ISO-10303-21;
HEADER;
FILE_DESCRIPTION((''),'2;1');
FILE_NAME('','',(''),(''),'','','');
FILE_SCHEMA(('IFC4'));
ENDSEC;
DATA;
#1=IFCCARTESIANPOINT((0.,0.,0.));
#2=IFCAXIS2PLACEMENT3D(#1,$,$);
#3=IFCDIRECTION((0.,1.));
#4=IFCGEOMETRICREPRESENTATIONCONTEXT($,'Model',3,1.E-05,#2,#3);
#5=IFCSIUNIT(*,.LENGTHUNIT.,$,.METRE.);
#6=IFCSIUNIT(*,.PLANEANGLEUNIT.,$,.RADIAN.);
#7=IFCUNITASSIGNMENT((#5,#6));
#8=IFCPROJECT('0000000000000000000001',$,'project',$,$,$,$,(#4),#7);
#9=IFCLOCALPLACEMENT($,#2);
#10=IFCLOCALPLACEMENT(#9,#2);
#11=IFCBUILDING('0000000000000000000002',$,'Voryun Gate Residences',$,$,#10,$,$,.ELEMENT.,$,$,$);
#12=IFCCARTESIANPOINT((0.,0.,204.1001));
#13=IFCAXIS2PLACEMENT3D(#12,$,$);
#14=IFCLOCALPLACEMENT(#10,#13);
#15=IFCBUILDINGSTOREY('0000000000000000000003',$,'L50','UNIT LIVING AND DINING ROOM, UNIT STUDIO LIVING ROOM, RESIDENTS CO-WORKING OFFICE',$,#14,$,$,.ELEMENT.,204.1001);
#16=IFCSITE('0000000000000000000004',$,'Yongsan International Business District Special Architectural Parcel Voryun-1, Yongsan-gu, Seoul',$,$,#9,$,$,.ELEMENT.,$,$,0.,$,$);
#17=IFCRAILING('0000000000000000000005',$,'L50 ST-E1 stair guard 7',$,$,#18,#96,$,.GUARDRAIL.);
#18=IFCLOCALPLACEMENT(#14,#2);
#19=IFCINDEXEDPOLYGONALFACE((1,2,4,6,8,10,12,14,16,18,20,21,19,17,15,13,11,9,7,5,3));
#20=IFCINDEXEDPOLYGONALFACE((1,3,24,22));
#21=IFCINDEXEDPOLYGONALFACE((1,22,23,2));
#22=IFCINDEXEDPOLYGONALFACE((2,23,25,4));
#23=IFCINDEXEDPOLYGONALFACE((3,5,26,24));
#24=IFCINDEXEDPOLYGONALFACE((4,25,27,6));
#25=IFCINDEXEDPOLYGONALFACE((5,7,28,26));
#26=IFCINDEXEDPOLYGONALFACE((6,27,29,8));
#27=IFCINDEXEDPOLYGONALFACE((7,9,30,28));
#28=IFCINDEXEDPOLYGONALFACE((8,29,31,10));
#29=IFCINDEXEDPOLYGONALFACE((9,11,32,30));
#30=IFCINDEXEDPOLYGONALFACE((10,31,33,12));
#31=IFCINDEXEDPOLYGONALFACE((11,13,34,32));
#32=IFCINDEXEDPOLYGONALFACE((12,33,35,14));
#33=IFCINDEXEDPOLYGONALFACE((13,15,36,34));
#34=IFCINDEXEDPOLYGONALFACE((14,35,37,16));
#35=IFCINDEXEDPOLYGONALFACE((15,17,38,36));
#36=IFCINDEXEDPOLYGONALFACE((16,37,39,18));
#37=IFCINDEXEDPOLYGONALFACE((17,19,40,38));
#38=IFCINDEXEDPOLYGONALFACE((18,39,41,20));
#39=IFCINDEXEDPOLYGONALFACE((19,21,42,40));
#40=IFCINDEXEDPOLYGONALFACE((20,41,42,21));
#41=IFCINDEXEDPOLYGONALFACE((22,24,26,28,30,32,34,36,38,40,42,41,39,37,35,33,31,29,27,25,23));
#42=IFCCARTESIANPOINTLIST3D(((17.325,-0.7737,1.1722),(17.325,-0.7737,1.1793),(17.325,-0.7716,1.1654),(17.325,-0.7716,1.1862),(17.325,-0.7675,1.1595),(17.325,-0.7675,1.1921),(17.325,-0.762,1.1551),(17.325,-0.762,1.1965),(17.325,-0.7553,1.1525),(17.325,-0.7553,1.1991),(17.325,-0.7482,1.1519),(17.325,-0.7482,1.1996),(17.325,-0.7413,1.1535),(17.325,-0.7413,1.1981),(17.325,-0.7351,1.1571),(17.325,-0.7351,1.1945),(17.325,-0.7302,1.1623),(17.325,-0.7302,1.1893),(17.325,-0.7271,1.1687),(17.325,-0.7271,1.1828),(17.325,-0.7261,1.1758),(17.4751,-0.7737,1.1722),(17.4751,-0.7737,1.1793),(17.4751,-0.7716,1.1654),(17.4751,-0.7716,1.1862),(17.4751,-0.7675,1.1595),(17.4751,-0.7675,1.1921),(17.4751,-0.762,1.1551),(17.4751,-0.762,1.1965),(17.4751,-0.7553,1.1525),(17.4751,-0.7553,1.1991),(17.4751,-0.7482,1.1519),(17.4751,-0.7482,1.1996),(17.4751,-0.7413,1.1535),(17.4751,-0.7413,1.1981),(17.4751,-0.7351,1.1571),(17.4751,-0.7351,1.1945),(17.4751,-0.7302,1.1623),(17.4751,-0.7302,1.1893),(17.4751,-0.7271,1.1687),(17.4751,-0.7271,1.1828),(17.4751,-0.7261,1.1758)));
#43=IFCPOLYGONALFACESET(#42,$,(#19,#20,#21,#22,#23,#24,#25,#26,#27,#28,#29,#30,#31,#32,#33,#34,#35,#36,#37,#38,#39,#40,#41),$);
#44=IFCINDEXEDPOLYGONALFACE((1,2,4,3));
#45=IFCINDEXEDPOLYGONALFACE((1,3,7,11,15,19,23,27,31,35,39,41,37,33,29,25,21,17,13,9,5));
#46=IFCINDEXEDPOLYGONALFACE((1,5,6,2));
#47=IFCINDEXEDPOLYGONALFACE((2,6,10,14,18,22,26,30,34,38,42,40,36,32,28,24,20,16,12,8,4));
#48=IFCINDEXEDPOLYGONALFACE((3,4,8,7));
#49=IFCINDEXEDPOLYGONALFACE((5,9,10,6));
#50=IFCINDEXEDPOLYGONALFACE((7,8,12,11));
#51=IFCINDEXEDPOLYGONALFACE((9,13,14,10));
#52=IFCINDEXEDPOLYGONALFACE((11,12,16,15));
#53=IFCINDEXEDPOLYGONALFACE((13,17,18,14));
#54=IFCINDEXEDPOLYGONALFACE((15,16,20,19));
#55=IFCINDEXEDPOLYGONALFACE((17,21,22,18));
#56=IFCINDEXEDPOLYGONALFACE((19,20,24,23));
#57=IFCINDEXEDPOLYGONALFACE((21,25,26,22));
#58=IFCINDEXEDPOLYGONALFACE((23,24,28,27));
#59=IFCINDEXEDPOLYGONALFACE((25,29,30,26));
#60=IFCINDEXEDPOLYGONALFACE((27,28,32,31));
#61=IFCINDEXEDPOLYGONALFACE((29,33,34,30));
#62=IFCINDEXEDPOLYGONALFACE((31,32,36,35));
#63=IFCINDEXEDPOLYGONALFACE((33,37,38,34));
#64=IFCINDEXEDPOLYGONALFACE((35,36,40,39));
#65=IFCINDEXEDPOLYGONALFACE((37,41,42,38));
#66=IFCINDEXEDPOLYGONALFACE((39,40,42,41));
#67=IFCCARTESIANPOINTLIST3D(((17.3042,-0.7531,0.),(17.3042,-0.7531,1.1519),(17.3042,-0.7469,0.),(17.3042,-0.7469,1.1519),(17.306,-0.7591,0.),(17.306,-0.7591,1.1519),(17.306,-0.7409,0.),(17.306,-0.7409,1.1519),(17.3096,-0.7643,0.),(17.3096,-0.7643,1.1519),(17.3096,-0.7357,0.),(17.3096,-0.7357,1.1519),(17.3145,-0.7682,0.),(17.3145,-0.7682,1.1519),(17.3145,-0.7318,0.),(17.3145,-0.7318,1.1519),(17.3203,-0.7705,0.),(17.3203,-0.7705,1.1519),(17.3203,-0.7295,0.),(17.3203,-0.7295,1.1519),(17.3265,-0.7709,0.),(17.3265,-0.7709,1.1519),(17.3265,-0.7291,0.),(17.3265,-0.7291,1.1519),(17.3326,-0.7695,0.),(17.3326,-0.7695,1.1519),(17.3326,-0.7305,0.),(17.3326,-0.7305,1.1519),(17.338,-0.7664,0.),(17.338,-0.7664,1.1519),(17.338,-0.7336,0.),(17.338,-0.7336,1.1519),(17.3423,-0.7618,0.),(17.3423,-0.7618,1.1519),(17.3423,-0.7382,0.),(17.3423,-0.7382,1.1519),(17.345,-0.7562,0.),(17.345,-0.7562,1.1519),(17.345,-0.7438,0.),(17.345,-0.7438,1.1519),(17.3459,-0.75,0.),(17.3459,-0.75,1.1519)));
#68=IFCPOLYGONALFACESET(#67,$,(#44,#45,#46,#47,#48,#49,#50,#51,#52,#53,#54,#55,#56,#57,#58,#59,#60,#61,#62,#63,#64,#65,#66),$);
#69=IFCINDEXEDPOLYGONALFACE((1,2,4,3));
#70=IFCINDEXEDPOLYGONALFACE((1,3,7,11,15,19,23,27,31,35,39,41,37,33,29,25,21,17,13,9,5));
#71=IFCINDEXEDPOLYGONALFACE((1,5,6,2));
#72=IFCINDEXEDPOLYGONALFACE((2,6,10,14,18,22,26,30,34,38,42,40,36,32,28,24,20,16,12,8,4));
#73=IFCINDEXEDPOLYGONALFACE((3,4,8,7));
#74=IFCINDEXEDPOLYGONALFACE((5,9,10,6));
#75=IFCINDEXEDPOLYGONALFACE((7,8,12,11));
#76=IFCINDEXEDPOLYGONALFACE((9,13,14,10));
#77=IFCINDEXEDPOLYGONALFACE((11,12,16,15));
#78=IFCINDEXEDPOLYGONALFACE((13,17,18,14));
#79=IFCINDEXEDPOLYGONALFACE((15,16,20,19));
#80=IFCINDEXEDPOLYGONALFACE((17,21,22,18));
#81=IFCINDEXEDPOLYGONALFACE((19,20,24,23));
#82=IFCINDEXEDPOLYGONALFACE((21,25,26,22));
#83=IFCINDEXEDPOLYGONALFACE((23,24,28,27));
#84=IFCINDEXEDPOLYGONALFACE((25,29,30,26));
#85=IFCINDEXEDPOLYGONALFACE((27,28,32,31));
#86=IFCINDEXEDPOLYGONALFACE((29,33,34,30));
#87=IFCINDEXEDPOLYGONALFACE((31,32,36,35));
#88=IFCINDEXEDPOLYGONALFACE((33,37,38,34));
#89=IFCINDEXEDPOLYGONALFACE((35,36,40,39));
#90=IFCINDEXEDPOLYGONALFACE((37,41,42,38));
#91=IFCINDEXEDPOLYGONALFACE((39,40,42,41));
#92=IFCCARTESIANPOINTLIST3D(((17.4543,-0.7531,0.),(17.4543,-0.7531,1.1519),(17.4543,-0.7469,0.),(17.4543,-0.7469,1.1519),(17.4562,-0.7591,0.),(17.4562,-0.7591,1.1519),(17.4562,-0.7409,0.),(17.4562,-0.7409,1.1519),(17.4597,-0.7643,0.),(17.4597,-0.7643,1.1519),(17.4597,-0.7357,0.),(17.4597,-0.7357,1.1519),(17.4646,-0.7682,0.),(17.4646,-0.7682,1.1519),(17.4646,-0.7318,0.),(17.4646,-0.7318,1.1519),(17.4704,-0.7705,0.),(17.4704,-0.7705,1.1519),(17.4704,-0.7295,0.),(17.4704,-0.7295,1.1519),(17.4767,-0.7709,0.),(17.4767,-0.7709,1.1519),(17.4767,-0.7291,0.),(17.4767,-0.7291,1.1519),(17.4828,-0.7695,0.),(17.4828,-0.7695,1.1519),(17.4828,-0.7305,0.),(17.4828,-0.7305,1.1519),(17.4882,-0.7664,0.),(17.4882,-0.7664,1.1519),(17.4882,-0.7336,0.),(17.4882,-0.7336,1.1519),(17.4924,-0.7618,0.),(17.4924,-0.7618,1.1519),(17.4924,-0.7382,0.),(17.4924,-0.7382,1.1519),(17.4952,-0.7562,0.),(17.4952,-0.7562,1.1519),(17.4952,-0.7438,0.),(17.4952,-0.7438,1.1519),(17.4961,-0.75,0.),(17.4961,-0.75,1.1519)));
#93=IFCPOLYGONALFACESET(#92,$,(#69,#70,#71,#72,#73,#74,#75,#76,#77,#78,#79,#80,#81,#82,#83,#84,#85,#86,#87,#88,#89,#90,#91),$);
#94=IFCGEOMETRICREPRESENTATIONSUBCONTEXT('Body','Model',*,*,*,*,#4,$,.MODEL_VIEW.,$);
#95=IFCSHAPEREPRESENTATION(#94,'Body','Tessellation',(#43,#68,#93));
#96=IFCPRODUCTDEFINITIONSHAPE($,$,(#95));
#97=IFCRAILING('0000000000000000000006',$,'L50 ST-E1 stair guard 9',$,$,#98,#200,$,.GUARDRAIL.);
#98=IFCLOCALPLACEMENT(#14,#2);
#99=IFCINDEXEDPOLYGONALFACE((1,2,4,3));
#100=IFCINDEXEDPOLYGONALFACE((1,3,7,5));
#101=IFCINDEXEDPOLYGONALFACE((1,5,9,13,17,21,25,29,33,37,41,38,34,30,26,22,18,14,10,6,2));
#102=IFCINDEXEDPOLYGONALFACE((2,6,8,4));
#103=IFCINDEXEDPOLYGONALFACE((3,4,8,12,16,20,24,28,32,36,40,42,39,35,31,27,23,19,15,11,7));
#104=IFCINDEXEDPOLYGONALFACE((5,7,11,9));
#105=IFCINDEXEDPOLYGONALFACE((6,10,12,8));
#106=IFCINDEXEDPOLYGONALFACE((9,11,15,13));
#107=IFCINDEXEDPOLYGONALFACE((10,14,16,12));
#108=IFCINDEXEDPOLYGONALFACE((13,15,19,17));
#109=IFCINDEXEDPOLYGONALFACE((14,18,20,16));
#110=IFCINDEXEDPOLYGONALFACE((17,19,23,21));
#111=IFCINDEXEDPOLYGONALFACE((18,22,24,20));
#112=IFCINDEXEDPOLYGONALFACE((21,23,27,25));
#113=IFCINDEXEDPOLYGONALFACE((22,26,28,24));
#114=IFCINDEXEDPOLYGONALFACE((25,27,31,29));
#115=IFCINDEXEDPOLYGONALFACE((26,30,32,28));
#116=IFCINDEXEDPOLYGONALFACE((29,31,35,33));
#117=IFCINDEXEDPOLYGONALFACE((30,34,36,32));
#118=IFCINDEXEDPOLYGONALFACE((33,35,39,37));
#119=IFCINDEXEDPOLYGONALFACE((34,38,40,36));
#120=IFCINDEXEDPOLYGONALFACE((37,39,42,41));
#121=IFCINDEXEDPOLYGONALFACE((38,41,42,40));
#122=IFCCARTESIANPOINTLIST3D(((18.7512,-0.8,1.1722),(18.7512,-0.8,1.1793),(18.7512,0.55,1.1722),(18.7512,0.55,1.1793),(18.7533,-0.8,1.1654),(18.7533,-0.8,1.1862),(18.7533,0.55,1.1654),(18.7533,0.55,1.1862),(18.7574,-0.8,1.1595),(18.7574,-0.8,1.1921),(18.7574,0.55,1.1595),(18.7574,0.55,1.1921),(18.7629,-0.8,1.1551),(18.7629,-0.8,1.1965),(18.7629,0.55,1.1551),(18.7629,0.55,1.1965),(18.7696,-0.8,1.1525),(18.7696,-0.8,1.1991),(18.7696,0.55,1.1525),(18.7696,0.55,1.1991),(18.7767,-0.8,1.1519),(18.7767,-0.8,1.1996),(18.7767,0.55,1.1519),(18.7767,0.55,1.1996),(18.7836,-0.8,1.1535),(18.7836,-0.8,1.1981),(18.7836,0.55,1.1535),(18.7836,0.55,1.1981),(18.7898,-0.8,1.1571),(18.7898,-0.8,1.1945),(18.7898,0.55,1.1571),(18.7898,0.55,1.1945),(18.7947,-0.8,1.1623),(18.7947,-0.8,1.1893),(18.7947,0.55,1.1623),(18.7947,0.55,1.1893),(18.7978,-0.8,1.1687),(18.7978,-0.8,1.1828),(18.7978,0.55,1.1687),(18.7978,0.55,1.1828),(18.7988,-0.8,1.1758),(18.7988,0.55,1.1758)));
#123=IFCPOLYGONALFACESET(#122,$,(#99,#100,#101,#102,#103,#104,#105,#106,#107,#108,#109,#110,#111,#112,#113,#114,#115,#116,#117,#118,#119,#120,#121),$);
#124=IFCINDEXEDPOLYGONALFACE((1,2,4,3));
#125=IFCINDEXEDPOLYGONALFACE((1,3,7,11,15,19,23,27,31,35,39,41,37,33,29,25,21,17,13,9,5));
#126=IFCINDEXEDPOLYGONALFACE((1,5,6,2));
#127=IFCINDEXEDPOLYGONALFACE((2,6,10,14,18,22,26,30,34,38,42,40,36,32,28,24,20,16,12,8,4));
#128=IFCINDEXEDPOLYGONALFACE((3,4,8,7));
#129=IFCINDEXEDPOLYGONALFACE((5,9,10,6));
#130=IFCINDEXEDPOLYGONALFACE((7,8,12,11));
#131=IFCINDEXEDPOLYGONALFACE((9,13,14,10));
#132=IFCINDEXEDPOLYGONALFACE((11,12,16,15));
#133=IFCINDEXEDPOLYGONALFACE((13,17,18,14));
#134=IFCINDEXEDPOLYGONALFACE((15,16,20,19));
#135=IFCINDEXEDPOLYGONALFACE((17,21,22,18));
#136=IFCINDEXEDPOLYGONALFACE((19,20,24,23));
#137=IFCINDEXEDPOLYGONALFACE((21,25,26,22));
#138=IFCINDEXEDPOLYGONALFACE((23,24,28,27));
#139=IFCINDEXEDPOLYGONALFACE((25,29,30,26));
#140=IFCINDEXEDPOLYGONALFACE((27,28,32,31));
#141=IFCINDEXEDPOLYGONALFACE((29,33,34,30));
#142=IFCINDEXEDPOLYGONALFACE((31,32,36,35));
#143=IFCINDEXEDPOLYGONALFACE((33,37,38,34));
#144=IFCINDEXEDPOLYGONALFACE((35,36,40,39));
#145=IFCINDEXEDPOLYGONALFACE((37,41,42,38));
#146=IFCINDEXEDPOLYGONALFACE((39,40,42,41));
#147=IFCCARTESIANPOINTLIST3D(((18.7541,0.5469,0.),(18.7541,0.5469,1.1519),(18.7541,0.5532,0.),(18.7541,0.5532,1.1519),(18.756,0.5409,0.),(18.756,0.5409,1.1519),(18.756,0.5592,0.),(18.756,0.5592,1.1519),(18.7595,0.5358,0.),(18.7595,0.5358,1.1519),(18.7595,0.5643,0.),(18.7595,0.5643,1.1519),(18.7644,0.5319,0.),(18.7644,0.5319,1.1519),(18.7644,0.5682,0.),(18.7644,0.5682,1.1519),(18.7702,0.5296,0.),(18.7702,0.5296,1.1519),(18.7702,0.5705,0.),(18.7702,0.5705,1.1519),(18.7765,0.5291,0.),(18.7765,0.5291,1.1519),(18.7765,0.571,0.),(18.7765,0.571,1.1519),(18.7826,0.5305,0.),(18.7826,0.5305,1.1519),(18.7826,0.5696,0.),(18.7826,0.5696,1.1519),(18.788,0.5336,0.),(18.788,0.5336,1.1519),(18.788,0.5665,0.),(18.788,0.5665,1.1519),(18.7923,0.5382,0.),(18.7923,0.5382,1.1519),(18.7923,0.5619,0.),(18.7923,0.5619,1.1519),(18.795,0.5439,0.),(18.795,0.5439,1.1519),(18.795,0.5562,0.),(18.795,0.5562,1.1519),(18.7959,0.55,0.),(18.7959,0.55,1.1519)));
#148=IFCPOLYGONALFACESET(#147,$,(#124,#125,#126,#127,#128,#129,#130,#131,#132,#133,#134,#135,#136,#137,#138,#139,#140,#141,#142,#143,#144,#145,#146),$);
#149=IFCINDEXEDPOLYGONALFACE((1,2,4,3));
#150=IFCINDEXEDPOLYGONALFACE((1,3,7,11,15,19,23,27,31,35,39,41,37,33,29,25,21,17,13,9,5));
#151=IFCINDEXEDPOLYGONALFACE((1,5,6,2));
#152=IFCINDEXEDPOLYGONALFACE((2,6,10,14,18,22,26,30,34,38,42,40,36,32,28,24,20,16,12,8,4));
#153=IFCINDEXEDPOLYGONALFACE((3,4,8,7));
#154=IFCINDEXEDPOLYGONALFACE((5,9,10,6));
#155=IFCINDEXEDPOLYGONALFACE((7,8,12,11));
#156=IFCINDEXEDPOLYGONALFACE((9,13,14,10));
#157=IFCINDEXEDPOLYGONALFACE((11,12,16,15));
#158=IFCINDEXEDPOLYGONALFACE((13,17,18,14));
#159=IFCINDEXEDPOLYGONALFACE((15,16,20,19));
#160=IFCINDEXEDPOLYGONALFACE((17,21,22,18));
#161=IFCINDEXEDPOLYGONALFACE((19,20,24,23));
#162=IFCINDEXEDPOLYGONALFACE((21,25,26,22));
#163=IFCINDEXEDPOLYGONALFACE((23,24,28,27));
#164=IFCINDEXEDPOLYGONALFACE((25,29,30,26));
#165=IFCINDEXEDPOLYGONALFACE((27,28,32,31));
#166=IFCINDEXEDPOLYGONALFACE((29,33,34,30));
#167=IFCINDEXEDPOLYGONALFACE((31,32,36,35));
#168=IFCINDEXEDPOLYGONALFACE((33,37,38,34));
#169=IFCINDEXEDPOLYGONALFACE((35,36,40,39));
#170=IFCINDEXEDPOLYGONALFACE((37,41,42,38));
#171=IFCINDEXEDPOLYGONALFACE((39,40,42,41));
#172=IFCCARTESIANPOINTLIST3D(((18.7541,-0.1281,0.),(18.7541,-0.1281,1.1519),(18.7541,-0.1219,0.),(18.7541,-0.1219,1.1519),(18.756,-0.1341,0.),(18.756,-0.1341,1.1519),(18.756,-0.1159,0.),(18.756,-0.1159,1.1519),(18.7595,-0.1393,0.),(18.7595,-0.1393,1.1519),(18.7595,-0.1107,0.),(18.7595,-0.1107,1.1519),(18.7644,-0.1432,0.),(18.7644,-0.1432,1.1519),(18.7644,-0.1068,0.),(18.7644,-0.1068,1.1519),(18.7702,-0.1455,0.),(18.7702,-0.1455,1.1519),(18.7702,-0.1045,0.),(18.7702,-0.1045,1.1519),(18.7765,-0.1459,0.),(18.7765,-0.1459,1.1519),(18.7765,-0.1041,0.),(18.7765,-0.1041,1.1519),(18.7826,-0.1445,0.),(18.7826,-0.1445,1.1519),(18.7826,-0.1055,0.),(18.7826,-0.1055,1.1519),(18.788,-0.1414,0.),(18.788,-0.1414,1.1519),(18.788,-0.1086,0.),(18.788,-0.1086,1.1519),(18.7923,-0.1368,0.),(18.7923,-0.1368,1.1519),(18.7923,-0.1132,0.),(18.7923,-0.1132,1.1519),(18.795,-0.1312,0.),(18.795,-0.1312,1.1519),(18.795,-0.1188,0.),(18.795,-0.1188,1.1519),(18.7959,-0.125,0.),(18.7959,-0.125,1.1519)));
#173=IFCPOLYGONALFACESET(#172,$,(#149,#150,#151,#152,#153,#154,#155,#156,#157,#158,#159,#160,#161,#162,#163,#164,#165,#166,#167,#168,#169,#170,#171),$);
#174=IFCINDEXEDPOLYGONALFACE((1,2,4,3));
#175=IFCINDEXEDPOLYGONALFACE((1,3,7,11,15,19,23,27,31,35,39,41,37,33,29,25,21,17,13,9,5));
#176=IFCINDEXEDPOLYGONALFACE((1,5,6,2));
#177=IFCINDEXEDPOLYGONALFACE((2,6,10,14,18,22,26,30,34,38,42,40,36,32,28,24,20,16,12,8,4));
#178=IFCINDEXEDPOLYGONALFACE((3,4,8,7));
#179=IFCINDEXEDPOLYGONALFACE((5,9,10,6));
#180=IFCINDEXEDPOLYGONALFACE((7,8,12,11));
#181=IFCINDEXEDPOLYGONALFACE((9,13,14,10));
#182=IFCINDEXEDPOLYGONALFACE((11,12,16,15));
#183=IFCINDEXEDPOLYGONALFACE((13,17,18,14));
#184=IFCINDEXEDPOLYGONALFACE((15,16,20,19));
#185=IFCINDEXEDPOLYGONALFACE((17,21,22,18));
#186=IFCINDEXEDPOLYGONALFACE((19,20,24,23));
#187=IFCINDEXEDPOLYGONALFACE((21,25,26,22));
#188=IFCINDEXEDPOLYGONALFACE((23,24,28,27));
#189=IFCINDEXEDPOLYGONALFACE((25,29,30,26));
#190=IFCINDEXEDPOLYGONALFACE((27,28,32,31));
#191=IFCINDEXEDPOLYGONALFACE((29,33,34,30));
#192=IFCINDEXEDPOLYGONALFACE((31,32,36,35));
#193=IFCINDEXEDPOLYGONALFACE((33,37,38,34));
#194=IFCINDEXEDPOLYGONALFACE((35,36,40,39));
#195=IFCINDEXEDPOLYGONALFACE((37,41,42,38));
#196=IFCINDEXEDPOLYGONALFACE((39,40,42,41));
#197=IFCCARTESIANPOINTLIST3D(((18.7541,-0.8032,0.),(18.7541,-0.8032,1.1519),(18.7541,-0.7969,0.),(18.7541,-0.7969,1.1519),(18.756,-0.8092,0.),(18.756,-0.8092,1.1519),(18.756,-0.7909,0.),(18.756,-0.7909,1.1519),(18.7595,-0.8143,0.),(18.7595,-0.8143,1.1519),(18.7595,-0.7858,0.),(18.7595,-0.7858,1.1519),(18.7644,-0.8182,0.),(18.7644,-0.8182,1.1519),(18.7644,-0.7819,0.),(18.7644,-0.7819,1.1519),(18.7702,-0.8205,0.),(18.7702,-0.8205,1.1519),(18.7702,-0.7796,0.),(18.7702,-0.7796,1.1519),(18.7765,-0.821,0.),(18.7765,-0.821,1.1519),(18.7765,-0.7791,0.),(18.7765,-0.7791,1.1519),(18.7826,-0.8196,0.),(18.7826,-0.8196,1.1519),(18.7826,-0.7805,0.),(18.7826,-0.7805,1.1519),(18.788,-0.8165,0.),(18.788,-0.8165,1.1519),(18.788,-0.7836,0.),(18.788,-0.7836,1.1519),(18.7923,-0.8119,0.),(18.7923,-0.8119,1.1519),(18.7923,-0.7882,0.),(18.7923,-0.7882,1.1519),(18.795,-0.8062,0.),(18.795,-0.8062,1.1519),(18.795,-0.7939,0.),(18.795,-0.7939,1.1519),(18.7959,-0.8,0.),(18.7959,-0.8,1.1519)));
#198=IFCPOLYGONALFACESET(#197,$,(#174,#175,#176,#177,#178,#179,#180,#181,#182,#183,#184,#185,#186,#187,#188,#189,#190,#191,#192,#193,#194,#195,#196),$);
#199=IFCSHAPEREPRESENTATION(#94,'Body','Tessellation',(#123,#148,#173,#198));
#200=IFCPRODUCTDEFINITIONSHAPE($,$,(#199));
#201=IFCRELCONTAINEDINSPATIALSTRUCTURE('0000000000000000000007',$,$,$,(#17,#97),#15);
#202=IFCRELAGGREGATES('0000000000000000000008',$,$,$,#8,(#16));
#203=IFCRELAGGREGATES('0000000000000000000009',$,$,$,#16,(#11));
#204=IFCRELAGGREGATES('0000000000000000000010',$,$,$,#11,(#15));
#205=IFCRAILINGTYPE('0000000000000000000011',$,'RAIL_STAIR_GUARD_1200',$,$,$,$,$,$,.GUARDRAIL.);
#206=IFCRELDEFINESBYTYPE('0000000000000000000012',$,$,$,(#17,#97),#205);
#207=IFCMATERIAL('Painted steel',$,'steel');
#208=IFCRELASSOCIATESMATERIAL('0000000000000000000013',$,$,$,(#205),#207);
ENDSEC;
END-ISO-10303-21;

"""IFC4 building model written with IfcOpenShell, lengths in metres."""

from ifc_helpers import new_model, si_unit, direction, frame, origin, origin_2d, place, context, subcontext, project, spatial, circle, extrude, material, type_object, element, save


model = new_model("IFC4")

# Units and contexts
model_context = context("Model", 3, precision=1e-05, world=origin(), true_north=direction((0.0, 1.0)))
body_context = subcontext(model_context, "Body", "Model", "MODEL_VIEW")
ifc_project = project(units=[si_unit("LENGTHUNIT", "METRE"), si_unit("PLANEANGLEUNIT", "RADIAN")], contexts=[model_context])

# Site, building, storey
site_placement = place(None, origin())
site = spatial("IfcSite", under=ifc_project, at=site_placement, Name="Yongsan International Business District Special Architectural Parcel Voryun-1, Yongsan-gu, Seoul", CompositionType="ELEMENT", RefElevation=0.0)
building_placement = place(site_placement, origin())
building = spatial("IfcBuilding", under=site, at=building_placement, Name="Voryun Gate Residences", CompositionType="ELEMENT")
storey_placement = place(building_placement, frame((0.0, 0.0, 204.1001)))
storey = spatial("IfcBuildingStorey", under=building, at=storey_placement, Name="L50", Description="UNIT LIVING AND DINING ROOM, UNIT STUDIO LIVING ROOM, RESIDENTS CO-WORKING OFFICE", CompositionType="ELEMENT", Elevation=204.1001)

# Railings
ifc_material_1 = material(Name="Painted steel", Category="steel")
railing_type_1 = type_object("IfcRailingType", Name="RAIL_STAIR_GUARD_1200", PredefinedType="GUARDRAIL", material=ifc_material_1)
railing_1_placement = place(storey_placement, frame((17.325, -0.75, 0.0)))
element("IfcRailing", 1, at=railing_1_placement, inside=storey, type_object=railing_type_1, Name="L50 ST-E1 stair guard 7", PredefinedType="GUARDRAIL", context=body_context, shape_type="SweptSolid", body=[
    extrude(circle(Radius=0.0239, at=origin_2d()), frame((0.0, 0.0, 1.1758), z_axis=(1.0, 0.0, 0.0), x_axis=(0.0, 1.0, 0.0)), (0.0, 0.0, 1.0), 0.1501),
    extrude(circle(Radius=0.021, at=origin_2d()), origin(), (0.0, 0.0, 1.0), 1.1519),
    extrude(circle(Radius=0.021, at=origin_2d()), frame((0.1501, 0.0, 0.0)), (0.0, 0.0, 1.0), 1.1519),
])
railing_2_placement = place(storey_placement, frame((18.7749, 0.55, 0.0)))
element("IfcRailing", 2, at=railing_2_placement, inside=storey, type_object=railing_type_1, Name="L50 ST-E1 stair guard 9", PredefinedType="GUARDRAIL", context=body_context, shape_type="SweptSolid", body=[
    extrude(circle(Radius=0.0239, at=origin_2d()), frame((0.0, 0.0, 1.1758), z_axis=(0.0, -1.0, 0.0), x_axis=(1.0, 0.0, 0.0)), (0.0, 0.0, 1.0), 1.3501),
    extrude(circle(Radius=0.021, at=origin_2d()), origin(), (0.0, 0.0, 1.0), 1.1519),
    extrude(circle(Radius=0.021, at=origin_2d()), frame((0.0, -0.675, 0.0)), (0.0, 0.0, 1.0), 1.1519),
    extrude(circle(Radius=0.021, at=origin_2d()), frame((0.0, -1.3501, 0.0)), (0.0, 0.0, 1.0), 1.1519),
])

save(model, "model.ifc")
